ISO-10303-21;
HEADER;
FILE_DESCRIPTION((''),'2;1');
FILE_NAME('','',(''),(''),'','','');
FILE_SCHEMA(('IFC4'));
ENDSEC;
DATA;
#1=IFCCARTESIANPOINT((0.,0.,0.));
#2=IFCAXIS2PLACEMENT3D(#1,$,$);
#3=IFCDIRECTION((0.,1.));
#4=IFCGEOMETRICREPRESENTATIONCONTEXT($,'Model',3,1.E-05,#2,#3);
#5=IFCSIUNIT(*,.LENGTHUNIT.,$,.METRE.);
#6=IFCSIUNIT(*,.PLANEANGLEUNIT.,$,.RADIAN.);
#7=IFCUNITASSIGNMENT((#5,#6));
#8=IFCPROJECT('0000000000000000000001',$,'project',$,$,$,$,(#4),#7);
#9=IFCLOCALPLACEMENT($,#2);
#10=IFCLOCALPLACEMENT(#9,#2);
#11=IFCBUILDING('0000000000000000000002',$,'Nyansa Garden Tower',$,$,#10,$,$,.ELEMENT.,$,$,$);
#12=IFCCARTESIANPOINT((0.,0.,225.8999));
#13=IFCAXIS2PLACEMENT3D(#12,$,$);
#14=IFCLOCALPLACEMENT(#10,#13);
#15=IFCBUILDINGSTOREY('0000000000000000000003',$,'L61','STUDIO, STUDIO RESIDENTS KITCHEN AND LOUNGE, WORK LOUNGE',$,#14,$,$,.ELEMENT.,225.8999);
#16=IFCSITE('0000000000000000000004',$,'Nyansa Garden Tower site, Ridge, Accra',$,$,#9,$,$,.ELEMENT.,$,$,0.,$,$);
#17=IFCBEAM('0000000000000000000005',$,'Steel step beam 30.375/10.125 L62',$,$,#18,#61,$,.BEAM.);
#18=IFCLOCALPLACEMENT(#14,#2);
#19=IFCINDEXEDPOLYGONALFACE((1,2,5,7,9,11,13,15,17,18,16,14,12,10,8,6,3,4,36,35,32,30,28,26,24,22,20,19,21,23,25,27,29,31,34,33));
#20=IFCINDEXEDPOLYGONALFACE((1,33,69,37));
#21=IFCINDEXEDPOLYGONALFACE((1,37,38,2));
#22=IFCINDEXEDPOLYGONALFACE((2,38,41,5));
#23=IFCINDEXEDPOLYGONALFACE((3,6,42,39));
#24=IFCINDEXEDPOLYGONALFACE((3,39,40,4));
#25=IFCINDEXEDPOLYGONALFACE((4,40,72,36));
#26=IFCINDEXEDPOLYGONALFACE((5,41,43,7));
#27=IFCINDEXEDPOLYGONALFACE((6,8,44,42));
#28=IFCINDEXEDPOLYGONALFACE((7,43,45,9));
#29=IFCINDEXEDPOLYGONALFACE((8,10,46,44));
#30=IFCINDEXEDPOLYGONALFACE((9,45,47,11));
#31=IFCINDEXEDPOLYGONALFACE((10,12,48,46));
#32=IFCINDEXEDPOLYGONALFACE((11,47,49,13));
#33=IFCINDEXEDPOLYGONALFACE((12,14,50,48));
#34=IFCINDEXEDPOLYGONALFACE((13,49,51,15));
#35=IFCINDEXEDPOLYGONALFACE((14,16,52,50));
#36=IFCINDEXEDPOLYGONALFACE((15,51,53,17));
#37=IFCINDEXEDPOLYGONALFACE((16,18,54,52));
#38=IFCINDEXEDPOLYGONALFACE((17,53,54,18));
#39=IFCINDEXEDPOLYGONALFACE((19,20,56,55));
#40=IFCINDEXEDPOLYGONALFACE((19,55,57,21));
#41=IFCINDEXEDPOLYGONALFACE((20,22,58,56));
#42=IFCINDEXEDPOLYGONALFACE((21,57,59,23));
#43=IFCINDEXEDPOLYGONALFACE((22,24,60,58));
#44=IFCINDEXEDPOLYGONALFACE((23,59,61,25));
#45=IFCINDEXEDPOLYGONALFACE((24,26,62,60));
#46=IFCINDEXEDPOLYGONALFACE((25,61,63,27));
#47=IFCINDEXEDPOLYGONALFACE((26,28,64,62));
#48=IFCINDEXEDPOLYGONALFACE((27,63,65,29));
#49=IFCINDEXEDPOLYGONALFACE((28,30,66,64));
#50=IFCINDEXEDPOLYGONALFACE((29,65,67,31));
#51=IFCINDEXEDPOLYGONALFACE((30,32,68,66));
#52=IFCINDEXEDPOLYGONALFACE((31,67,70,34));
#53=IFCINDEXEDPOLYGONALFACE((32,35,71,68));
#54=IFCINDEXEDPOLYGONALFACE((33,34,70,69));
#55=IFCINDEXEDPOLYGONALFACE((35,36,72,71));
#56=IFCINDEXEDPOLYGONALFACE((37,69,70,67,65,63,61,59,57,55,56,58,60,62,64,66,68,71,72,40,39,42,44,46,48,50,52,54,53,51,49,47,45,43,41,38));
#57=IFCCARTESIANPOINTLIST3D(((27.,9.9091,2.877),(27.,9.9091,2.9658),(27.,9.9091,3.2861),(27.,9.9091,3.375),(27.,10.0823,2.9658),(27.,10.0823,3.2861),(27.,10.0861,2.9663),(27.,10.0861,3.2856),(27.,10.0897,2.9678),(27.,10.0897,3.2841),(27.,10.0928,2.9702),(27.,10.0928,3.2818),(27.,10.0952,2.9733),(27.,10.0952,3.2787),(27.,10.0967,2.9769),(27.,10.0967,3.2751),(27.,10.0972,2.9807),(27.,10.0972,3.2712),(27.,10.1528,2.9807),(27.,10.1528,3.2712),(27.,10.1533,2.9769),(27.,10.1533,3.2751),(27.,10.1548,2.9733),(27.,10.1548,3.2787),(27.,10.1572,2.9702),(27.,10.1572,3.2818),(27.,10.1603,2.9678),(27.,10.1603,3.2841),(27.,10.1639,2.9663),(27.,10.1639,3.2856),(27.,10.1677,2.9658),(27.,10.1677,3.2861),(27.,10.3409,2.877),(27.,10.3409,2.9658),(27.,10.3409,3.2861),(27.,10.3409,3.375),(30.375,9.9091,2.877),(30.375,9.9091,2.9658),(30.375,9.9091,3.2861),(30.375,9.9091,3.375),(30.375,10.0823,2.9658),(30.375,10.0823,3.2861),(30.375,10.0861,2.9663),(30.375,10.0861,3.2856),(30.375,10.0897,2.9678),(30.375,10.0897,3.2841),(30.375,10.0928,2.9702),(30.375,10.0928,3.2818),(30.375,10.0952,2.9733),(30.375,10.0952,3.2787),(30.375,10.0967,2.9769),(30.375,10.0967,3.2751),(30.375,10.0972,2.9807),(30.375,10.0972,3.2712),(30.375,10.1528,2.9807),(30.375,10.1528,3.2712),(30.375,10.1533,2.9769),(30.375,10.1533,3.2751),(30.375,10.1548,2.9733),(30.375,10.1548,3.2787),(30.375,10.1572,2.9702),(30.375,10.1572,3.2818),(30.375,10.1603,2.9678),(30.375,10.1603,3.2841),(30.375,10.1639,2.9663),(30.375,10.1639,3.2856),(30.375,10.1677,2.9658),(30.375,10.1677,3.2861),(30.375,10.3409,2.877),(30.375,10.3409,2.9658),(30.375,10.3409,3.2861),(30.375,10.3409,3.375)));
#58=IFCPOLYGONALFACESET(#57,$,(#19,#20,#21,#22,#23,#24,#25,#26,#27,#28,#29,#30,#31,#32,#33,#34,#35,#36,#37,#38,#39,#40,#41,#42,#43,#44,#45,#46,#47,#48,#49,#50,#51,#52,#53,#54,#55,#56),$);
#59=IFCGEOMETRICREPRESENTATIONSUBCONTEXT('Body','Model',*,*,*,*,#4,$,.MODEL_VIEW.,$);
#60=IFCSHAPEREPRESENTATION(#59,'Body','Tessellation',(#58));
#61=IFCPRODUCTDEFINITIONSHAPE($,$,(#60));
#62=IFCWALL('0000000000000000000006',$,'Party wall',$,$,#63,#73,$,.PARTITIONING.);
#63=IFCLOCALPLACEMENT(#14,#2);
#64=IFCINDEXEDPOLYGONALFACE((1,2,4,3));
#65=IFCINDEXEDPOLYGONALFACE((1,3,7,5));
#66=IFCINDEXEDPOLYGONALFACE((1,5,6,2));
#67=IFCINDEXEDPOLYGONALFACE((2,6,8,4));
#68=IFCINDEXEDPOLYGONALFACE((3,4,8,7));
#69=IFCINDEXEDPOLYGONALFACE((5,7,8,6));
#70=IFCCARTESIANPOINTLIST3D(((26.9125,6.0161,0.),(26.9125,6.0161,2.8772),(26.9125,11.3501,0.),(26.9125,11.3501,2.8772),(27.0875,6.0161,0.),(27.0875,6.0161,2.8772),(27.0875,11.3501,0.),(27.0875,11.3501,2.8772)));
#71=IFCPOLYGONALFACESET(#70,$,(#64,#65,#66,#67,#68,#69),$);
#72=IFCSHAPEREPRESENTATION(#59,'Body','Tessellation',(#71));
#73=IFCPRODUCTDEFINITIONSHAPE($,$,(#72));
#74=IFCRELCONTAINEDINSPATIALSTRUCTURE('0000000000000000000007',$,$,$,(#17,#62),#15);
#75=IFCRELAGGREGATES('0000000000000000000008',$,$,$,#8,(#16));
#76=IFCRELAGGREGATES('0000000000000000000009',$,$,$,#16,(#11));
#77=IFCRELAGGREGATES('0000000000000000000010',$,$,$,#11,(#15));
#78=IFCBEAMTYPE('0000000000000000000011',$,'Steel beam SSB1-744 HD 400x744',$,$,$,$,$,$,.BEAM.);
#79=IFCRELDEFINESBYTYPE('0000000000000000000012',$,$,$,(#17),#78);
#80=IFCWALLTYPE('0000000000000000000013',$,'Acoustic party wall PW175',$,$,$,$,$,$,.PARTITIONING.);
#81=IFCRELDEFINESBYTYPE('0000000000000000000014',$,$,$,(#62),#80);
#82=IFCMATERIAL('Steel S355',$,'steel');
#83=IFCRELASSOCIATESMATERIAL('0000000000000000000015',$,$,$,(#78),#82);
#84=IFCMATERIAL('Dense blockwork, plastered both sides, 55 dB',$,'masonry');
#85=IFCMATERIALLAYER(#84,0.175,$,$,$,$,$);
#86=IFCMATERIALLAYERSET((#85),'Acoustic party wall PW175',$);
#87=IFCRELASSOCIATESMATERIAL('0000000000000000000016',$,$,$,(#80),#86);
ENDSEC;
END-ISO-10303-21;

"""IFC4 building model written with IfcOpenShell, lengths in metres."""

from ifc_helpers import new_model, si_unit, direction, frame, frame_2d, origin, origin_2d, place, context, subcontext, project, spatial, rectangle, i_section, extrude, material, layer, layer_set, material_profile, profile_set, type_object, element, save


model = new_model("IFC4")

# Units and contexts
model_context = context("Model", 3, precision=1e-05, world=origin(), true_north=direction((0.0, 1.0)))
body_context = subcontext(model_context, "Body", "Model", "MODEL_VIEW")
ifc_project = project(units=[si_unit("LENGTHUNIT", "METRE"), si_unit("PLANEANGLEUNIT", "RADIAN")], contexts=[model_context])

# Site, building, storey
site_placement = place(None, origin())
site = spatial("IfcSite", under=ifc_project, at=site_placement, Name="Nyansa Garden Tower site, Ridge, Accra", CompositionType="ELEMENT", RefElevation=0.0)
building_placement = place(site_placement, origin())
building = spatial("IfcBuilding", under=site, at=building_placement, Name="Nyansa Garden Tower", CompositionType="ELEMENT")
storey_placement = place(building_placement, frame((0.0, 0.0, 225.8999)))
storey = spatial("IfcBuildingStorey", under=building, at=storey_placement, Name="L61", Description="STUDIO, STUDIO RESIDENTS KITCHEN AND LOUNGE, WORK LOUNGE", CompositionType="ELEMENT", Elevation=225.8999)

# Beam
ifc_material_1 = material(Name="Steel S355", Category="steel")
ifc_material_profile_1 = material_profile(ifc_material_1, i_section(OverallWidth=0.4319, OverallDepth=0.498, WebThickness=0.0557, FlangeThickness=0.0889, FilletRadius=0.0149, at=origin_2d()), Name="HD 400x744")
ifc_profile_set_1 = profile_set([ifc_material_profile_1], Name="Steel S355")
beam_type_1 = type_object("IfcBeamType", Name="Steel beam SSB1-744 HD 400x744", PredefinedType="BEAM", material=ifc_profile_set_1)
for number, where, z_axis, x_axis, name in (
    (1, (30.375, 10.125, 3.126), (-1.0, 0.0, 0.0), (0.0, -1.0, 0.0), "Steel step beam 30.375/10.125 L62"),
):
    element("IfcBeam", number, at=place(storey_placement, frame(where, z_axis=z_axis, x_axis=x_axis)), inside=storey, type_object=beam_type_1, Name=name, PredefinedType="BEAM", context=body_context, shape_type="SweptSolid", body=[
        extrude(i_section(OverallWidth=0.4319, OverallDepth=0.498, WebThickness=0.0557, FlangeThickness=0.0889, FilletRadius=0.0149, at=origin_2d()), origin(), (0.0, 0.0, 1.0), 3.375),
    ])

# Wall
ifc_material_2 = material(Name="Dense blockwork, plastered both sides, 55 dB", Category="masonry")
ifc_layer_1 = layer(ifc_material_2, 0.175)
ifc_layer_set_1 = layer_set([ifc_layer_1], Name="Acoustic party wall PW175")
wall_type_1 = type_object("IfcWallType", Name="Acoustic party wall PW175", PredefinedType="PARTITIONING", material=ifc_layer_set_1)
wall_1_placement = place(storey_placement, frame((27.0, 6.0161, 0.0), z_axis=(0.0, 0.0, 1.0), x_axis=(0.0, 1.0, 0.0)))
element("IfcWall", 2, at=wall_1_placement, inside=storey, type_object=wall_type_1, Name="Party wall", PredefinedType="PARTITIONING", context=body_context, shape_type="SweptSolid", body=[
    extrude(rectangle(XDim=5.334, YDim=0.175, at=frame_2d((2.667, 0.0))), origin(), (0.0, 0.0, 1.0), 2.8772),
])

save(model, "model.ifc")
